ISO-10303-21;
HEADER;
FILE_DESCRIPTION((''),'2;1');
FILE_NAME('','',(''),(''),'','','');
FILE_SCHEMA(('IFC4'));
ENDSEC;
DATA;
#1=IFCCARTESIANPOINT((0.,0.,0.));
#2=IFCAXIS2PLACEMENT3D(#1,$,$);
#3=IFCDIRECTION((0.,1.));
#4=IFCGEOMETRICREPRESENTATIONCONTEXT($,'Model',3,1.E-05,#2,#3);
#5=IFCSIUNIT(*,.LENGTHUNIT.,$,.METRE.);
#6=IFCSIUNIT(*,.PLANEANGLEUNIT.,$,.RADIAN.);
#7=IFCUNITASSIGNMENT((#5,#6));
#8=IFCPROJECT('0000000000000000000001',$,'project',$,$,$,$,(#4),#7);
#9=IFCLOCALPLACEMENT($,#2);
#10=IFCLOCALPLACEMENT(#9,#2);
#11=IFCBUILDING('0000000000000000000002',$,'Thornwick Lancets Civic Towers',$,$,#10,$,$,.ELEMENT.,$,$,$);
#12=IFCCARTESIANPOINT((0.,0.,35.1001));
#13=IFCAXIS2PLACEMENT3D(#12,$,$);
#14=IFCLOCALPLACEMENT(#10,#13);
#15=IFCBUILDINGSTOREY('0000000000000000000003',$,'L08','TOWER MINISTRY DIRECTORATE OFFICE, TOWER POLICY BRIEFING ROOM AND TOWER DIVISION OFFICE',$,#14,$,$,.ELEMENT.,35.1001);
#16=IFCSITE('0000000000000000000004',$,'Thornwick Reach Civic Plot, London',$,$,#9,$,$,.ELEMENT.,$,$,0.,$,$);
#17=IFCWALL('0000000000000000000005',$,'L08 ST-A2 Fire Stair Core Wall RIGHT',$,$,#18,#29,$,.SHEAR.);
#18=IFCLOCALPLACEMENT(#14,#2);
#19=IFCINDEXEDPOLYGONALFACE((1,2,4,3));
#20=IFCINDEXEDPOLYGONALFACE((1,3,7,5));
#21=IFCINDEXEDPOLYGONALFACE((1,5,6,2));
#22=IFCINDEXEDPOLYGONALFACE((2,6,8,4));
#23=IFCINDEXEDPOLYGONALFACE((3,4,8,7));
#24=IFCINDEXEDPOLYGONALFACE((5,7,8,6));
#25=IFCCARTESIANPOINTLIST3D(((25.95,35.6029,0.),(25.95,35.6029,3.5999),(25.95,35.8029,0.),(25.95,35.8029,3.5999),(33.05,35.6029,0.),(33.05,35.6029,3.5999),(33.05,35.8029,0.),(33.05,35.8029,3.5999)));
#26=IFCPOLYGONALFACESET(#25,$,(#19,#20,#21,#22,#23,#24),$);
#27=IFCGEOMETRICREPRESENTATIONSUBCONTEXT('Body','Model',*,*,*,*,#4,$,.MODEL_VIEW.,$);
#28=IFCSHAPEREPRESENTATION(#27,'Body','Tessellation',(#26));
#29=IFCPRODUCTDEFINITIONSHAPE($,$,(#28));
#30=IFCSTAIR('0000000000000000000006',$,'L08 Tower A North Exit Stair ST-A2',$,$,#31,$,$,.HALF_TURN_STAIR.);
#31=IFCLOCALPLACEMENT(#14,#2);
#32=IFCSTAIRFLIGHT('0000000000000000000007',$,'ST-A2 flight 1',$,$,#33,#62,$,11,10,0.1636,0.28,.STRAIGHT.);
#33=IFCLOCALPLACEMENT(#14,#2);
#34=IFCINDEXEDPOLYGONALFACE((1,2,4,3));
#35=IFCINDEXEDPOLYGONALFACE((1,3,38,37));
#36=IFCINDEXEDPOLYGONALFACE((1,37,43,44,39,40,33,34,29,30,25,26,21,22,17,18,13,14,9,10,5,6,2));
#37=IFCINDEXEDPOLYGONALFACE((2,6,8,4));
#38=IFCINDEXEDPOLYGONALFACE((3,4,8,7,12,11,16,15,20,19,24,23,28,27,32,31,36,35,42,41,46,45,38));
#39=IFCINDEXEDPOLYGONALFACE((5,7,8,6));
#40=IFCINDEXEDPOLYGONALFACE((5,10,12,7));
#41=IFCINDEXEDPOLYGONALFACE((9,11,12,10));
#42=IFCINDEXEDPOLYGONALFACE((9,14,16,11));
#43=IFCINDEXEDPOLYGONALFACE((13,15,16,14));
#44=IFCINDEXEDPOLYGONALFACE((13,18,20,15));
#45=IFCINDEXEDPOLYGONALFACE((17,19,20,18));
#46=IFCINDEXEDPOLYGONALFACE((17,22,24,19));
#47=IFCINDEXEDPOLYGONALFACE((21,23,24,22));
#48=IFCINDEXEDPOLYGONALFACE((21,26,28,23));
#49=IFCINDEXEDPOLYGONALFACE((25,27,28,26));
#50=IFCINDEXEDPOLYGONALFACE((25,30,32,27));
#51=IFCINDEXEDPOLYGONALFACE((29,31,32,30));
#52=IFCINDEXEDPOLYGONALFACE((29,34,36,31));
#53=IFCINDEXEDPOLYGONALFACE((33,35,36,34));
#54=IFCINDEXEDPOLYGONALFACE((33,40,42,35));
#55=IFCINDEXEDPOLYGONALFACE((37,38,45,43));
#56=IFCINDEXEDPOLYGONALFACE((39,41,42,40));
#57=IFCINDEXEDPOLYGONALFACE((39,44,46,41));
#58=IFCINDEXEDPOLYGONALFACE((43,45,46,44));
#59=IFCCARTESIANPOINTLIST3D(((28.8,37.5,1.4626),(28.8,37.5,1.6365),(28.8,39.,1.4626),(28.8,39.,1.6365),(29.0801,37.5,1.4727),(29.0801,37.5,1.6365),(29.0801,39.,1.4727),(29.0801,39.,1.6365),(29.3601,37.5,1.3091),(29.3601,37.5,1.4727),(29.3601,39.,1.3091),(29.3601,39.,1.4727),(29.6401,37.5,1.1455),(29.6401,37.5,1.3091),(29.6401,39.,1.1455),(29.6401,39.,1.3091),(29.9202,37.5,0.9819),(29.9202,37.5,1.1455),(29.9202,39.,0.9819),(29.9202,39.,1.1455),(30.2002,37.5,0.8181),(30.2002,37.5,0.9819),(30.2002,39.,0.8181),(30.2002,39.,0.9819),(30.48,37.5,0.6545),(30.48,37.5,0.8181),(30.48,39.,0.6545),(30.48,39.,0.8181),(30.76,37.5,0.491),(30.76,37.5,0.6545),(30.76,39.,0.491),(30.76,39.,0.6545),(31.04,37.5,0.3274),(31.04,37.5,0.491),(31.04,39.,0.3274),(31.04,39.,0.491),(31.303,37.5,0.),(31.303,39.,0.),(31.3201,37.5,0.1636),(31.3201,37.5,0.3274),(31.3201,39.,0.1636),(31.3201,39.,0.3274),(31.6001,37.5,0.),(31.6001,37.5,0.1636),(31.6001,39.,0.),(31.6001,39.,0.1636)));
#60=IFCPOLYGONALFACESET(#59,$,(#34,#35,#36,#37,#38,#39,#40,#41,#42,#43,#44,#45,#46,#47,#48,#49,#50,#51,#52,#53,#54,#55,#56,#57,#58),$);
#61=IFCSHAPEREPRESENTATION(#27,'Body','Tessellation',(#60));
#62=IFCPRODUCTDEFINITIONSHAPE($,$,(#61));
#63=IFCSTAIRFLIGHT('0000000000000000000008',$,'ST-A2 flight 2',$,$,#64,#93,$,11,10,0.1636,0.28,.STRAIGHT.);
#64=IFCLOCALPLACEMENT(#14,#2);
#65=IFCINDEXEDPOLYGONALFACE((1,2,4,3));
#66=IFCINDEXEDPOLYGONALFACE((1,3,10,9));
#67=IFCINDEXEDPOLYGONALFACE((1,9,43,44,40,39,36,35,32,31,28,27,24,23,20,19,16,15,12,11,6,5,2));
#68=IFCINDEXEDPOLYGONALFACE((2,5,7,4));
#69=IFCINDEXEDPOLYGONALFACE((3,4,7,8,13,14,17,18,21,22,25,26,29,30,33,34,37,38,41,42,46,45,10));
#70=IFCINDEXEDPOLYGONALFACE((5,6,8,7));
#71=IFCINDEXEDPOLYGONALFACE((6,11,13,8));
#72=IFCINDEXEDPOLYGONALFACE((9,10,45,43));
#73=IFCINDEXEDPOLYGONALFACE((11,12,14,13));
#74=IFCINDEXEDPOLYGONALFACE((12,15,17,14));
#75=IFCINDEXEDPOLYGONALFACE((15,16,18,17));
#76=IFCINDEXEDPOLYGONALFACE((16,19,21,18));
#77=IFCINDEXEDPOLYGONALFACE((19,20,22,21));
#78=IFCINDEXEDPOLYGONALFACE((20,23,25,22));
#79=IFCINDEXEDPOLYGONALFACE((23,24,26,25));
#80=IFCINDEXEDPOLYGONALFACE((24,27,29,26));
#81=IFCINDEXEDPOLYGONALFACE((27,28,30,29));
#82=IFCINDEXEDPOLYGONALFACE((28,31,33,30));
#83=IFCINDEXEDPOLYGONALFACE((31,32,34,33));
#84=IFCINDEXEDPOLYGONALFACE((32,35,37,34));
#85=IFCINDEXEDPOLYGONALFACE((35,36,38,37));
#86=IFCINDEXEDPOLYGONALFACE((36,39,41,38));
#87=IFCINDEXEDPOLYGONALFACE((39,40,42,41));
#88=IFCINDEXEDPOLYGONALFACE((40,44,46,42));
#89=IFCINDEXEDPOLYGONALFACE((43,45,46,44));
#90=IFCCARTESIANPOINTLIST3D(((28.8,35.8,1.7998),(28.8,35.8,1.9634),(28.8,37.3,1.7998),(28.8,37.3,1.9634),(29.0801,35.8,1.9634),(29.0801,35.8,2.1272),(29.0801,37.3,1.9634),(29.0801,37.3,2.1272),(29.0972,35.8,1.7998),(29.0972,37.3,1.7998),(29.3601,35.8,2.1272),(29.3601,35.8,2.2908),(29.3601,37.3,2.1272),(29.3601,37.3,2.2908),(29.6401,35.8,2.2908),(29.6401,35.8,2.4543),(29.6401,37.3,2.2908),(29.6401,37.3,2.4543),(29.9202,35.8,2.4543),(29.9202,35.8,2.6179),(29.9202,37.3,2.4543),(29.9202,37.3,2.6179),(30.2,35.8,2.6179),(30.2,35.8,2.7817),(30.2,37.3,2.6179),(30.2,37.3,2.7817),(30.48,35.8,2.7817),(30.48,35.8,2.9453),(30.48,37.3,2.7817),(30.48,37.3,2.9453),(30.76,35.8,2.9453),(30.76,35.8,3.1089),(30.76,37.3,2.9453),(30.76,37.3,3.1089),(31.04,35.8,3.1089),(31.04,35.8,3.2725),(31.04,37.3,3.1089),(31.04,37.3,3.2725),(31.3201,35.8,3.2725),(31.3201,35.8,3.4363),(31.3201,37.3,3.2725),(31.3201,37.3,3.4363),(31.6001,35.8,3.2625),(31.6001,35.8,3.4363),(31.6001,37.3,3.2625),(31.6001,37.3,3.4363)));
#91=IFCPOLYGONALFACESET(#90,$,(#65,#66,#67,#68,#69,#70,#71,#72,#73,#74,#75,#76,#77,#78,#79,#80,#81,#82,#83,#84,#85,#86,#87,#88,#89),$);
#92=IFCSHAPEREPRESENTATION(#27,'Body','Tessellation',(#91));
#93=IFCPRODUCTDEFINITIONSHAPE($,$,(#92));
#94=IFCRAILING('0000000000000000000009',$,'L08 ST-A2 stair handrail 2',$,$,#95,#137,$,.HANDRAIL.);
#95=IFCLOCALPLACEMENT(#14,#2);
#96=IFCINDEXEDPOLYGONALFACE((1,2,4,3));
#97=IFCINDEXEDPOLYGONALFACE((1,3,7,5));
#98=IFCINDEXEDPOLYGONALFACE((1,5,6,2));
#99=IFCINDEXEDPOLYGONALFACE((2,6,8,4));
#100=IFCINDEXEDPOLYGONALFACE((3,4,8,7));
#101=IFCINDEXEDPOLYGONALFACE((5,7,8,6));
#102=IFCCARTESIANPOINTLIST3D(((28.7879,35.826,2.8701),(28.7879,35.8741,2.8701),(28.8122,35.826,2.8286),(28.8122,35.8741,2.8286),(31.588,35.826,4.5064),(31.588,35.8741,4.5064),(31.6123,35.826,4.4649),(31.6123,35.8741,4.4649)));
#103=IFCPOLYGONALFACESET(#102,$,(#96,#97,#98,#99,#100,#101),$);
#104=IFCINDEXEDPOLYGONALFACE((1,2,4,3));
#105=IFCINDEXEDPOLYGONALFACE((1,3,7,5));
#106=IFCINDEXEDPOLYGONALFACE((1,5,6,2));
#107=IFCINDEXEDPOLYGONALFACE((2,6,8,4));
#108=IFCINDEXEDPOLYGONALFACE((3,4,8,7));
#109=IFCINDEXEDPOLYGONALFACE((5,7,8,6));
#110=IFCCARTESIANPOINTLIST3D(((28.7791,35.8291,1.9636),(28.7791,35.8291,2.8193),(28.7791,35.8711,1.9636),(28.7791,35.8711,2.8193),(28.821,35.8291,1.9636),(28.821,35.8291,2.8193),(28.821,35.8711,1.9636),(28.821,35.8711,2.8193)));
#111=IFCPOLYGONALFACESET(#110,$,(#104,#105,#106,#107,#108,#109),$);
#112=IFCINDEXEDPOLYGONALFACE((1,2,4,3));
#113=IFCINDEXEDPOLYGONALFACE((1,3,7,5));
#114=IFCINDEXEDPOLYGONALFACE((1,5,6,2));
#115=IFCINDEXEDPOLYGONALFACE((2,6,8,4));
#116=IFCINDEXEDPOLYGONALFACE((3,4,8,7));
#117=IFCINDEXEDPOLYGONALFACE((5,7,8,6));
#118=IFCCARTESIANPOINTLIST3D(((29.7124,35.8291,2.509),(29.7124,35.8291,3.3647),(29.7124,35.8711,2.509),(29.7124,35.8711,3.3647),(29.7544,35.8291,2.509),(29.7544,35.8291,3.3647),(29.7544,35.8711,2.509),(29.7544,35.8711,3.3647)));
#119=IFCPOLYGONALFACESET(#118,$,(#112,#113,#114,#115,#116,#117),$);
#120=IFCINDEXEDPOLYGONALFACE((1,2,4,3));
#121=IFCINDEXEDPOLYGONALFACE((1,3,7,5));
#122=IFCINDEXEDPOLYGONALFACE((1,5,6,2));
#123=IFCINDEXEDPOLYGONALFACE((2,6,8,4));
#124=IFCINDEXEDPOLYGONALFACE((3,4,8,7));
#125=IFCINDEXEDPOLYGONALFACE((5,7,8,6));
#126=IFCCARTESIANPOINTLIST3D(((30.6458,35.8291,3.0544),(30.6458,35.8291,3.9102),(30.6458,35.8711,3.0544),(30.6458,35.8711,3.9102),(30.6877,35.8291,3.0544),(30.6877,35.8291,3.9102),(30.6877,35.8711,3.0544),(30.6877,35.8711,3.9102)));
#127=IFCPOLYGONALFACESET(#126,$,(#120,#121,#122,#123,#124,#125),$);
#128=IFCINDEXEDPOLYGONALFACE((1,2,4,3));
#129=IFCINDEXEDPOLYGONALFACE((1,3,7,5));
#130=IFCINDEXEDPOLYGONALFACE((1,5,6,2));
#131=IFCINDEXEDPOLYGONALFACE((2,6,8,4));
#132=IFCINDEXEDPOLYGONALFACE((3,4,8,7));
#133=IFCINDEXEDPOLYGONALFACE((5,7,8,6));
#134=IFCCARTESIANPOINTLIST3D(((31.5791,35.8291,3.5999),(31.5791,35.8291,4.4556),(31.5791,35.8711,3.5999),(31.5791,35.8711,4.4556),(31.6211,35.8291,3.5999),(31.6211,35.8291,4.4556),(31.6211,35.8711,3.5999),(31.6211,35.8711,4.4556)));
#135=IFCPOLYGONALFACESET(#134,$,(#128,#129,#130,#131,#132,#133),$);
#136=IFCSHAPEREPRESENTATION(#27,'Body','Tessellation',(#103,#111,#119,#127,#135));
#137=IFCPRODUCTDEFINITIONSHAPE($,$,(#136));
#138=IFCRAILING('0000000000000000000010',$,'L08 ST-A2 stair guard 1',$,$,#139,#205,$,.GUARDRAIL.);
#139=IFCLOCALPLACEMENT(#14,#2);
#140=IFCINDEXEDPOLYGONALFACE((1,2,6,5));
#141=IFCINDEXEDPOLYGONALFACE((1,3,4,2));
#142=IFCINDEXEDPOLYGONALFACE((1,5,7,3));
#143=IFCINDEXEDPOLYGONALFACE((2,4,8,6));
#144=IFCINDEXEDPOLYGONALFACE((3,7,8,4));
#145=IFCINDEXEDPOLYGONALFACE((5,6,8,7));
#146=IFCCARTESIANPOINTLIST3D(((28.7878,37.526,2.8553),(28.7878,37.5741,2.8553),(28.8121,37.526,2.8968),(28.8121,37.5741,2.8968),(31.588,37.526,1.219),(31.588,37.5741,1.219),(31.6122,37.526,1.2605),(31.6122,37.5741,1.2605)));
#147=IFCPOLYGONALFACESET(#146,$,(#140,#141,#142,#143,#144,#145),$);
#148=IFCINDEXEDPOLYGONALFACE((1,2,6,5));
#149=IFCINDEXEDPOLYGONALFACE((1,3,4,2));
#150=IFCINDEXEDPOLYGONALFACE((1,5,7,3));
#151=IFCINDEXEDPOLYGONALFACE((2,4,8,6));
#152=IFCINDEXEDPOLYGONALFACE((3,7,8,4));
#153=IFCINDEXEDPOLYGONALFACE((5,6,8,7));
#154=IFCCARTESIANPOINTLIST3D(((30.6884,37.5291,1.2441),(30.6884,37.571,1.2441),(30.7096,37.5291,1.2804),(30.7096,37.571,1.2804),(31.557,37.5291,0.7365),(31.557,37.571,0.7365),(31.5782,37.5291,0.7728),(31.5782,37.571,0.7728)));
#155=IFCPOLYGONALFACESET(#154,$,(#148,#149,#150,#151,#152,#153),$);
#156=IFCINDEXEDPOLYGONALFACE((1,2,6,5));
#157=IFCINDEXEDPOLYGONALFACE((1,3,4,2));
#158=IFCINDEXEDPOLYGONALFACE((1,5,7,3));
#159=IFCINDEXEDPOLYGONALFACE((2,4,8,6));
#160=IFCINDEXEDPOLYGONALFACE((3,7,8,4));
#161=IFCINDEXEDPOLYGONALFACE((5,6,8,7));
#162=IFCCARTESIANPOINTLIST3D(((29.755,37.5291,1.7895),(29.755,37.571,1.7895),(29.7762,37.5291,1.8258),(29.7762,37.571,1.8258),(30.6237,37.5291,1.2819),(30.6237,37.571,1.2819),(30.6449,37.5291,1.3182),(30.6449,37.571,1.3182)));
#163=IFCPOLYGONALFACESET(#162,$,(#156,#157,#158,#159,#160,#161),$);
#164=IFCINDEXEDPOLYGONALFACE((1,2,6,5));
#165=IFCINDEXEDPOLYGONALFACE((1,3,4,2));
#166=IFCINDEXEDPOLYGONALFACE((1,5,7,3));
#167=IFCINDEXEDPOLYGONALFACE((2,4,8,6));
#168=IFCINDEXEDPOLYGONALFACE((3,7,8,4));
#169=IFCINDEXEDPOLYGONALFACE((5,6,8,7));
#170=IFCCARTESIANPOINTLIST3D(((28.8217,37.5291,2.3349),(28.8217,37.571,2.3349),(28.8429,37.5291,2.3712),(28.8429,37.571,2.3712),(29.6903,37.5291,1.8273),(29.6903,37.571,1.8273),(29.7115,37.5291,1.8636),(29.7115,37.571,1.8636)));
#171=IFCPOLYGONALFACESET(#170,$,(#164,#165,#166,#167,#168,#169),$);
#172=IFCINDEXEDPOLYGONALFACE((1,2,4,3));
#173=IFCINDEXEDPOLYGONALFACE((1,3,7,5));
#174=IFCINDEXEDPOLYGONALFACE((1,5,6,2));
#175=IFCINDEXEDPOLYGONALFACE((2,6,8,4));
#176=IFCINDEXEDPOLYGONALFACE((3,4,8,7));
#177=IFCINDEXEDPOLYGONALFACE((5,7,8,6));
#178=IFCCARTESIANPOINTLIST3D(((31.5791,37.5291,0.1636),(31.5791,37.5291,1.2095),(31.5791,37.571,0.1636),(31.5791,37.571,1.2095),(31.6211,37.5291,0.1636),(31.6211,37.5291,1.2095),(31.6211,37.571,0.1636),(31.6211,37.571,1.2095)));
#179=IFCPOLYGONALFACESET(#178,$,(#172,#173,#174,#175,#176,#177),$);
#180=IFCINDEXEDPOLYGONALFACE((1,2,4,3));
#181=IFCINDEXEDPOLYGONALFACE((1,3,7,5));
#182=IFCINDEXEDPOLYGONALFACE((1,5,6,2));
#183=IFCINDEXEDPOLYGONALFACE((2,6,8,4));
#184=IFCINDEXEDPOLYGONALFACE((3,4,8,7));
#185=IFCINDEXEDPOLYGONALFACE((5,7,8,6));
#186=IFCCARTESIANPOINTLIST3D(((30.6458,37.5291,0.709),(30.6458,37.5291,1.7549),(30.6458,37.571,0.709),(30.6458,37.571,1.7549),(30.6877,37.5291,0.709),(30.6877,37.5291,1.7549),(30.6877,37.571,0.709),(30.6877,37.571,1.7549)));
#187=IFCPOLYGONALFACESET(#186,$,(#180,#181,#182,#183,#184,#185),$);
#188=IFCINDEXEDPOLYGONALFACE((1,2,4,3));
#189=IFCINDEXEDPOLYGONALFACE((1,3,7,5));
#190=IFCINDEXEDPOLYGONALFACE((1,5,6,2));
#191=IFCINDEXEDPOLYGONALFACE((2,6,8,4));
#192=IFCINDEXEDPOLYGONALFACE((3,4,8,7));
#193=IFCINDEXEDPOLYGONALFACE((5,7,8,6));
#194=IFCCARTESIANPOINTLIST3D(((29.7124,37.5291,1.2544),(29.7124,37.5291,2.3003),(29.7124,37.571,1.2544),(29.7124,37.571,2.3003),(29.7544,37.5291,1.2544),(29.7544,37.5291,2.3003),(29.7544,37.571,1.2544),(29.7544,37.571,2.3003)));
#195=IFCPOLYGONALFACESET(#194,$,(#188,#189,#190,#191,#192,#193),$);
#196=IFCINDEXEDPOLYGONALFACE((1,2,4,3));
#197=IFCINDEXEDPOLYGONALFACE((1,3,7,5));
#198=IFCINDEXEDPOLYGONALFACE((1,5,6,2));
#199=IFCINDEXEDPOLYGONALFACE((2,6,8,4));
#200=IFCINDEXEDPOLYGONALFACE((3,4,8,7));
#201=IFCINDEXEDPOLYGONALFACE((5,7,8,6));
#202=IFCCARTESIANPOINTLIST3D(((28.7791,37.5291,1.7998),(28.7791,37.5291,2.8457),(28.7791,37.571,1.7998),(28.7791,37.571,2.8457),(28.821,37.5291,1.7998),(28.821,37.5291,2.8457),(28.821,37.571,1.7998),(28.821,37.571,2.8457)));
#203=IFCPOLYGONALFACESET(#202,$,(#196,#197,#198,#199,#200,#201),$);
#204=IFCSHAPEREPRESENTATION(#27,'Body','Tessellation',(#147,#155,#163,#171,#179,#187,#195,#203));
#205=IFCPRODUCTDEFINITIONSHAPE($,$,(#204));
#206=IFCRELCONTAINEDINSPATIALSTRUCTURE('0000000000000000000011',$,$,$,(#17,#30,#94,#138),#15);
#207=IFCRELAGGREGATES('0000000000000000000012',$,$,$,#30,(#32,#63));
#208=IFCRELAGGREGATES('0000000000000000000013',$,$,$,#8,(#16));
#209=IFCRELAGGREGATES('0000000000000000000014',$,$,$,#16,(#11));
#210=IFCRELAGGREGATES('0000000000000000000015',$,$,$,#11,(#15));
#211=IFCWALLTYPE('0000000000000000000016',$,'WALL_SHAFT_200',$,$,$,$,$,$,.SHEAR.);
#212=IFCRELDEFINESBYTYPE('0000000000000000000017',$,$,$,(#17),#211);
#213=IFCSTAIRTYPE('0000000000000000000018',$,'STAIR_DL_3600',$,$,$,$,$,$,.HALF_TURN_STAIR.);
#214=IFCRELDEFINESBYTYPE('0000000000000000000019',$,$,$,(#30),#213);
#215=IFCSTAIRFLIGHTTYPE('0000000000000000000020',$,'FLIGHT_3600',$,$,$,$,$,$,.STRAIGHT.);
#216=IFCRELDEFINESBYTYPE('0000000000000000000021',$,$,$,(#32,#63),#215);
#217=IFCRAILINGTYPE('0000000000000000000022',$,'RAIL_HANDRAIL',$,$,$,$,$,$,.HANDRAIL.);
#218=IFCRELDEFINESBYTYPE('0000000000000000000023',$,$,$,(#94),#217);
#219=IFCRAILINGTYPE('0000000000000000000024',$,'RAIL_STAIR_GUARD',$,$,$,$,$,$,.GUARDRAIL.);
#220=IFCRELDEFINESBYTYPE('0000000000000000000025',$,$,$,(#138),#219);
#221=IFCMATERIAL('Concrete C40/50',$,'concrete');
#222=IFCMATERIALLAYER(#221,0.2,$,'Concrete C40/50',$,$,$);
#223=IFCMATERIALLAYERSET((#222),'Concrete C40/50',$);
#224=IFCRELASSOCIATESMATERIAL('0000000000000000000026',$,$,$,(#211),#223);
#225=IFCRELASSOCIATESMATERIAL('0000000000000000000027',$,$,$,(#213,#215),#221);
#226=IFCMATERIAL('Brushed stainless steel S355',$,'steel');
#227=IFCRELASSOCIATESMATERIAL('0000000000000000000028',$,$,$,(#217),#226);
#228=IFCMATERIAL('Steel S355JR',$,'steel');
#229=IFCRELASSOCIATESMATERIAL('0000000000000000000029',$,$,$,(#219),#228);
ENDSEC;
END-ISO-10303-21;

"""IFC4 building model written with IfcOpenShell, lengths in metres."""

from ifc_helpers import new_model, si_unit, direction, frame, frame_2d, origin, origin_2d, place, context, subcontext, project, spatial, polyline, rectangle, outline, extrude, material, layer, layer_set, type_object, element, aggregate, save


model = new_model("IFC4")

# Units and contexts
model_context = context("Model", 3, precision=1e-05, world=origin(), true_north=direction((0.0, 1.0)))
body_context = subcontext(model_context, "Body", "Model", "MODEL_VIEW")
ifc_project = project(units=[si_unit("LENGTHUNIT", "METRE"), si_unit("PLANEANGLEUNIT", "RADIAN")], contexts=[model_context])

# Site, building, storey
site_placement = place(None, origin())
site = spatial("IfcSite", under=ifc_project, at=site_placement, Name="Thornwick Reach Civic Plot, London", CompositionType="ELEMENT", RefElevation=0.0)
building_placement = place(site_placement, origin())
building = spatial("IfcBuilding", under=site, at=building_placement, Name="Thornwick Lancets Civic Towers", CompositionType="ELEMENT")
storey_placement = place(building_placement, frame((0.0, 0.0, 35.1001)))
storey = spatial("IfcBuildingStorey", under=building, at=storey_placement, Name="L08", Description="TOWER MINISTRY DIRECTORATE OFFICE, TOWER POLICY BRIEFING ROOM AND TOWER DIVISION OFFICE", CompositionType="ELEMENT", Elevation=35.1001)

# Shared definitions
ifc_material_1 = material(Name="Steel S355JR", Category="steel")
ifc_material_2 = material(Name="Concrete C40/50", Category="concrete")

# Wall
ifc_layer_1 = layer(ifc_material_2, 0.2, Name="Concrete C40/50")
ifc_layer_set_1 = layer_set([ifc_layer_1], Name="Concrete C40/50")
wall_type_1 = type_object("IfcWallType", Name="WALL_SHAFT_200", PredefinedType="SHEAR", material=ifc_layer_set_1)
wall_1_placement = place(storey_placement, frame((25.95, 35.7029, 0.0), z_axis=(0.0, 0.0, 1.0), x_axis=(1.0, 0.0, 0.0)))
element("IfcWall", 1, at=wall_1_placement, inside=storey, type_object=wall_type_1, Name="L08 ST-A2 Fire Stair Core Wall RIGHT", PredefinedType="SHEAR", context=body_context, shape_type="SweptSolid", body=[
    extrude(rectangle(XDim=7.1001, YDim=0.2, at=frame_2d((3.55, 0.0))), origin(), (0.0, 0.0, 1.0), 3.5999),
])

# Stair, stair flights
stair_type = type_object("IfcStairType", Name="STAIR_DL_3600", PredefinedType="HALF_TURN_STAIR", material=ifc_material_2)
stair_placement = place(storey_placement, origin())
stair = element("IfcStair", 2, at=stair_placement, inside=storey, type_object=stair_type, Name="L08 Tower A North Exit Stair ST-A2", PredefinedType="HALF_TURN_STAIR")
stair_flight_type = type_object("IfcStairFlightType", Name="FLIGHT_3600", PredefinedType="STRAIGHT", material=ifc_material_2)
stair_flight_1_placement = place(storey_placement, frame((31.6001, 38.25, 0.0), z_axis=(0.0, 0.0, 1.0), x_axis=(-1.0, 0.0, 0.0)))
stair_flight_1 = element("IfcStairFlight", 3, at=stair_flight_1_placement, type_object=stair_flight_type, Name="ST-A2 flight 1", NumberOfRisers=11, NumberOfTreads=10, PredefinedType="STRAIGHT", RiserHeight=0.1636, TreadLength=0.28, context=body_context, shape_type="SweptSolid", body=[
    extrude(outline(polyline([(0.0, 0.0), (0.0, 0.1636), (0.28, 0.1636), (0.28, 0.3274), (0.5601, 0.3274), (0.5601, 0.491), (0.8401, 0.491), (0.8401, 0.6545), (1.1201, 0.6545), (1.1201, 0.8181), (1.3999, 0.8181), (1.3999, 0.9819), (1.6799, 0.9819), (1.6799, 1.1455), (1.96, 1.1455), (1.96, 1.3091), (2.24, 1.3091), (2.24, 1.4727), (2.52, 1.4727), (2.52, 1.6365), (2.8, 1.6365), (2.8, 1.8), (2.8, 1.4626), (0.2971, 0.0), (0.0, 0.0)])), frame((0.0, 0.75, 0.0), z_axis=(0.0, -1.0, 0.0), x_axis=(1.0, 0.0, 0.0)), (0.0, 0.0, 1.0), 1.5),
])
stair_flight_2_placement = place(storey_placement, frame((28.8, 36.55, 1.7998), z_axis=(0.0, 0.0, 1.0), x_axis=(1.0, 0.0, 0.0)))
stair_flight_2 = element("IfcStairFlight", 4, at=stair_flight_2_placement, type_object=stair_flight_type, Name="ST-A2 flight 2", NumberOfRisers=11, NumberOfTreads=10, PredefinedType="STRAIGHT", RiserHeight=0.1636, TreadLength=0.28, context=body_context, shape_type="SweptSolid", body=[
    extrude(outline(polyline([(0.0, 0.0), (0.0, 0.1636), (0.28, 0.1636), (0.28, 0.3274), (0.5601, 0.3274), (0.5601, 0.491), (0.8401, 0.491), (0.8401, 0.6545), (1.1201, 0.6545), (1.1201, 0.8181), (1.3999, 0.8181), (1.3999, 0.9819), (1.6799, 0.9819), (1.6799, 1.1455), (1.96, 1.1455), (1.96, 1.3091), (2.24, 1.3091), (2.24, 1.4727), (2.52, 1.4727), (2.52, 1.6365), (2.8, 1.6365), (2.8, 1.8), (2.8, 1.4626), (0.2971, 0.0), (0.0, 0.0)])), frame((0.0, 0.75, 0.0), z_axis=(0.0, -1.0, 0.0), x_axis=(1.0, 0.0, 0.0)), (0.0, 0.0, 1.0), 1.5),
])
aggregate(stair, [stair_flight_1, stair_flight_2])

# Railings
ifc_material_3 = material(Name="Brushed stainless steel S355", Category="steel")
railing_type_1 = type_object("IfcRailingType", Name="RAIL_HANDRAIL", PredefinedType="HANDRAIL", material=ifc_material_3)
railing_1_placement = place(storey_placement, frame((28.8, 35.8501, 1.9636)))
element("IfcRailing", 5, at=railing_1_placement, inside=storey, type_object=railing_type_1, Name="L08 ST-A2 stair handrail 2", PredefinedType="HANDRAIL", context=body_context, shape_type="SweptSolid", body=[
    extrude(rectangle(XDim=0.0481, YDim=0.0481, at=origin_2d()), frame((0.0, 0.0, 0.8857), z_axis=(0.863394, 0.0, 0.504531), x_axis=(0.0, 1.0, 0.0)), (0.0, 0.0, 1.0), 3.2432),
    extrude(rectangle(XDim=0.042, YDim=0.042, at=origin_2d()), origin(), (0.0, 0.0, 1.0), 0.8557),
    extrude(rectangle(XDim=0.042, YDim=0.042, at=origin_2d()), frame((0.9333, 0.0, 0.5454)), (0.0, 0.0, 1.0), 0.8557),
    extrude(rectangle(XDim=0.042, YDim=0.042, at=origin_2d()), frame((1.8667, 0.0, 1.0908)), (0.0, 0.0, 1.0), 0.8557),
    extrude(rectangle(XDim=0.042, YDim=0.042, at=origin_2d()), frame((2.8, 0.0, 1.6362)), (0.0, 0.0, 1.0), 0.8557),
])
railing_type_2 = type_object("IfcRailingType", Name="RAIL_STAIR_GUARD", PredefinedType="GUARDRAIL", material=ifc_material_1)
railing_2_placement = place(storey_placement, frame((31.6001, 37.55, 0.1636)))
element("IfcRailing", 6, at=railing_2_placement, inside=storey, type_object=railing_type_2, Name="L08 ST-A2 stair guard 1", PredefinedType="GUARDRAIL", context=body_context, shape_type="SweptSolid", body=[
    extrude(rectangle(XDim=0.0481, YDim=0.0481, at=origin_2d()), frame((0.0, 0.0, 1.0762), z_axis=(-0.863394, 0.0, 0.504531), x_axis=(0.0, -1.0, 0.0)), (0.0, 0.0, 1.0), 3.2432),
    extrude(rectangle(XDim=0.042, YDim=0.042, at=origin_2d()), frame((-0.0325, 0.0, 0.5911), z_axis=(-0.863394, 0.0, 0.504531), x_axis=(0.0, -1.0, 0.0)), (0.0, 0.0, 1.0), 1.0061),
    extrude(rectangle(XDim=0.042, YDim=0.042, at=origin_2d()), frame((-0.9658, 0.0, 1.1365), z_axis=(-0.863394, 0.0, 0.504531), x_axis=(0.0, -1.0, 0.0)), (0.0, 0.0, 1.0), 1.0061),
    extrude(rectangle(XDim=0.042, YDim=0.042, at=origin_2d()), frame((-1.8992, 0.0, 1.6819), z_axis=(-0.863394, 0.0, 0.504531), x_axis=(0.0, -1.0, 0.0)), (0.0, 0.0, 1.0), 1.0061),
    extrude(rectangle(XDim=0.042, YDim=0.042, at=origin_2d()), origin(), (0.0, 0.0, 1.0), 1.0459),
    extrude(rectangle(XDim=0.042, YDim=0.042, at=origin_2d()), frame((-0.9333, 0.0, 0.5454)), (0.0, 0.0, 1.0), 1.0459),
    extrude(rectangle(XDim=0.042, YDim=0.042, at=origin_2d()), frame((-1.8667, 0.0, 1.0908)), (0.0, 0.0, 1.0), 1.0459),
    extrude(rectangle(XDim=0.042, YDim=0.042, at=origin_2d()), frame((-2.8, 0.0, 1.6362)), (0.0, 0.0, 1.0), 1.0459),
])

save(model, "model.ifc")
